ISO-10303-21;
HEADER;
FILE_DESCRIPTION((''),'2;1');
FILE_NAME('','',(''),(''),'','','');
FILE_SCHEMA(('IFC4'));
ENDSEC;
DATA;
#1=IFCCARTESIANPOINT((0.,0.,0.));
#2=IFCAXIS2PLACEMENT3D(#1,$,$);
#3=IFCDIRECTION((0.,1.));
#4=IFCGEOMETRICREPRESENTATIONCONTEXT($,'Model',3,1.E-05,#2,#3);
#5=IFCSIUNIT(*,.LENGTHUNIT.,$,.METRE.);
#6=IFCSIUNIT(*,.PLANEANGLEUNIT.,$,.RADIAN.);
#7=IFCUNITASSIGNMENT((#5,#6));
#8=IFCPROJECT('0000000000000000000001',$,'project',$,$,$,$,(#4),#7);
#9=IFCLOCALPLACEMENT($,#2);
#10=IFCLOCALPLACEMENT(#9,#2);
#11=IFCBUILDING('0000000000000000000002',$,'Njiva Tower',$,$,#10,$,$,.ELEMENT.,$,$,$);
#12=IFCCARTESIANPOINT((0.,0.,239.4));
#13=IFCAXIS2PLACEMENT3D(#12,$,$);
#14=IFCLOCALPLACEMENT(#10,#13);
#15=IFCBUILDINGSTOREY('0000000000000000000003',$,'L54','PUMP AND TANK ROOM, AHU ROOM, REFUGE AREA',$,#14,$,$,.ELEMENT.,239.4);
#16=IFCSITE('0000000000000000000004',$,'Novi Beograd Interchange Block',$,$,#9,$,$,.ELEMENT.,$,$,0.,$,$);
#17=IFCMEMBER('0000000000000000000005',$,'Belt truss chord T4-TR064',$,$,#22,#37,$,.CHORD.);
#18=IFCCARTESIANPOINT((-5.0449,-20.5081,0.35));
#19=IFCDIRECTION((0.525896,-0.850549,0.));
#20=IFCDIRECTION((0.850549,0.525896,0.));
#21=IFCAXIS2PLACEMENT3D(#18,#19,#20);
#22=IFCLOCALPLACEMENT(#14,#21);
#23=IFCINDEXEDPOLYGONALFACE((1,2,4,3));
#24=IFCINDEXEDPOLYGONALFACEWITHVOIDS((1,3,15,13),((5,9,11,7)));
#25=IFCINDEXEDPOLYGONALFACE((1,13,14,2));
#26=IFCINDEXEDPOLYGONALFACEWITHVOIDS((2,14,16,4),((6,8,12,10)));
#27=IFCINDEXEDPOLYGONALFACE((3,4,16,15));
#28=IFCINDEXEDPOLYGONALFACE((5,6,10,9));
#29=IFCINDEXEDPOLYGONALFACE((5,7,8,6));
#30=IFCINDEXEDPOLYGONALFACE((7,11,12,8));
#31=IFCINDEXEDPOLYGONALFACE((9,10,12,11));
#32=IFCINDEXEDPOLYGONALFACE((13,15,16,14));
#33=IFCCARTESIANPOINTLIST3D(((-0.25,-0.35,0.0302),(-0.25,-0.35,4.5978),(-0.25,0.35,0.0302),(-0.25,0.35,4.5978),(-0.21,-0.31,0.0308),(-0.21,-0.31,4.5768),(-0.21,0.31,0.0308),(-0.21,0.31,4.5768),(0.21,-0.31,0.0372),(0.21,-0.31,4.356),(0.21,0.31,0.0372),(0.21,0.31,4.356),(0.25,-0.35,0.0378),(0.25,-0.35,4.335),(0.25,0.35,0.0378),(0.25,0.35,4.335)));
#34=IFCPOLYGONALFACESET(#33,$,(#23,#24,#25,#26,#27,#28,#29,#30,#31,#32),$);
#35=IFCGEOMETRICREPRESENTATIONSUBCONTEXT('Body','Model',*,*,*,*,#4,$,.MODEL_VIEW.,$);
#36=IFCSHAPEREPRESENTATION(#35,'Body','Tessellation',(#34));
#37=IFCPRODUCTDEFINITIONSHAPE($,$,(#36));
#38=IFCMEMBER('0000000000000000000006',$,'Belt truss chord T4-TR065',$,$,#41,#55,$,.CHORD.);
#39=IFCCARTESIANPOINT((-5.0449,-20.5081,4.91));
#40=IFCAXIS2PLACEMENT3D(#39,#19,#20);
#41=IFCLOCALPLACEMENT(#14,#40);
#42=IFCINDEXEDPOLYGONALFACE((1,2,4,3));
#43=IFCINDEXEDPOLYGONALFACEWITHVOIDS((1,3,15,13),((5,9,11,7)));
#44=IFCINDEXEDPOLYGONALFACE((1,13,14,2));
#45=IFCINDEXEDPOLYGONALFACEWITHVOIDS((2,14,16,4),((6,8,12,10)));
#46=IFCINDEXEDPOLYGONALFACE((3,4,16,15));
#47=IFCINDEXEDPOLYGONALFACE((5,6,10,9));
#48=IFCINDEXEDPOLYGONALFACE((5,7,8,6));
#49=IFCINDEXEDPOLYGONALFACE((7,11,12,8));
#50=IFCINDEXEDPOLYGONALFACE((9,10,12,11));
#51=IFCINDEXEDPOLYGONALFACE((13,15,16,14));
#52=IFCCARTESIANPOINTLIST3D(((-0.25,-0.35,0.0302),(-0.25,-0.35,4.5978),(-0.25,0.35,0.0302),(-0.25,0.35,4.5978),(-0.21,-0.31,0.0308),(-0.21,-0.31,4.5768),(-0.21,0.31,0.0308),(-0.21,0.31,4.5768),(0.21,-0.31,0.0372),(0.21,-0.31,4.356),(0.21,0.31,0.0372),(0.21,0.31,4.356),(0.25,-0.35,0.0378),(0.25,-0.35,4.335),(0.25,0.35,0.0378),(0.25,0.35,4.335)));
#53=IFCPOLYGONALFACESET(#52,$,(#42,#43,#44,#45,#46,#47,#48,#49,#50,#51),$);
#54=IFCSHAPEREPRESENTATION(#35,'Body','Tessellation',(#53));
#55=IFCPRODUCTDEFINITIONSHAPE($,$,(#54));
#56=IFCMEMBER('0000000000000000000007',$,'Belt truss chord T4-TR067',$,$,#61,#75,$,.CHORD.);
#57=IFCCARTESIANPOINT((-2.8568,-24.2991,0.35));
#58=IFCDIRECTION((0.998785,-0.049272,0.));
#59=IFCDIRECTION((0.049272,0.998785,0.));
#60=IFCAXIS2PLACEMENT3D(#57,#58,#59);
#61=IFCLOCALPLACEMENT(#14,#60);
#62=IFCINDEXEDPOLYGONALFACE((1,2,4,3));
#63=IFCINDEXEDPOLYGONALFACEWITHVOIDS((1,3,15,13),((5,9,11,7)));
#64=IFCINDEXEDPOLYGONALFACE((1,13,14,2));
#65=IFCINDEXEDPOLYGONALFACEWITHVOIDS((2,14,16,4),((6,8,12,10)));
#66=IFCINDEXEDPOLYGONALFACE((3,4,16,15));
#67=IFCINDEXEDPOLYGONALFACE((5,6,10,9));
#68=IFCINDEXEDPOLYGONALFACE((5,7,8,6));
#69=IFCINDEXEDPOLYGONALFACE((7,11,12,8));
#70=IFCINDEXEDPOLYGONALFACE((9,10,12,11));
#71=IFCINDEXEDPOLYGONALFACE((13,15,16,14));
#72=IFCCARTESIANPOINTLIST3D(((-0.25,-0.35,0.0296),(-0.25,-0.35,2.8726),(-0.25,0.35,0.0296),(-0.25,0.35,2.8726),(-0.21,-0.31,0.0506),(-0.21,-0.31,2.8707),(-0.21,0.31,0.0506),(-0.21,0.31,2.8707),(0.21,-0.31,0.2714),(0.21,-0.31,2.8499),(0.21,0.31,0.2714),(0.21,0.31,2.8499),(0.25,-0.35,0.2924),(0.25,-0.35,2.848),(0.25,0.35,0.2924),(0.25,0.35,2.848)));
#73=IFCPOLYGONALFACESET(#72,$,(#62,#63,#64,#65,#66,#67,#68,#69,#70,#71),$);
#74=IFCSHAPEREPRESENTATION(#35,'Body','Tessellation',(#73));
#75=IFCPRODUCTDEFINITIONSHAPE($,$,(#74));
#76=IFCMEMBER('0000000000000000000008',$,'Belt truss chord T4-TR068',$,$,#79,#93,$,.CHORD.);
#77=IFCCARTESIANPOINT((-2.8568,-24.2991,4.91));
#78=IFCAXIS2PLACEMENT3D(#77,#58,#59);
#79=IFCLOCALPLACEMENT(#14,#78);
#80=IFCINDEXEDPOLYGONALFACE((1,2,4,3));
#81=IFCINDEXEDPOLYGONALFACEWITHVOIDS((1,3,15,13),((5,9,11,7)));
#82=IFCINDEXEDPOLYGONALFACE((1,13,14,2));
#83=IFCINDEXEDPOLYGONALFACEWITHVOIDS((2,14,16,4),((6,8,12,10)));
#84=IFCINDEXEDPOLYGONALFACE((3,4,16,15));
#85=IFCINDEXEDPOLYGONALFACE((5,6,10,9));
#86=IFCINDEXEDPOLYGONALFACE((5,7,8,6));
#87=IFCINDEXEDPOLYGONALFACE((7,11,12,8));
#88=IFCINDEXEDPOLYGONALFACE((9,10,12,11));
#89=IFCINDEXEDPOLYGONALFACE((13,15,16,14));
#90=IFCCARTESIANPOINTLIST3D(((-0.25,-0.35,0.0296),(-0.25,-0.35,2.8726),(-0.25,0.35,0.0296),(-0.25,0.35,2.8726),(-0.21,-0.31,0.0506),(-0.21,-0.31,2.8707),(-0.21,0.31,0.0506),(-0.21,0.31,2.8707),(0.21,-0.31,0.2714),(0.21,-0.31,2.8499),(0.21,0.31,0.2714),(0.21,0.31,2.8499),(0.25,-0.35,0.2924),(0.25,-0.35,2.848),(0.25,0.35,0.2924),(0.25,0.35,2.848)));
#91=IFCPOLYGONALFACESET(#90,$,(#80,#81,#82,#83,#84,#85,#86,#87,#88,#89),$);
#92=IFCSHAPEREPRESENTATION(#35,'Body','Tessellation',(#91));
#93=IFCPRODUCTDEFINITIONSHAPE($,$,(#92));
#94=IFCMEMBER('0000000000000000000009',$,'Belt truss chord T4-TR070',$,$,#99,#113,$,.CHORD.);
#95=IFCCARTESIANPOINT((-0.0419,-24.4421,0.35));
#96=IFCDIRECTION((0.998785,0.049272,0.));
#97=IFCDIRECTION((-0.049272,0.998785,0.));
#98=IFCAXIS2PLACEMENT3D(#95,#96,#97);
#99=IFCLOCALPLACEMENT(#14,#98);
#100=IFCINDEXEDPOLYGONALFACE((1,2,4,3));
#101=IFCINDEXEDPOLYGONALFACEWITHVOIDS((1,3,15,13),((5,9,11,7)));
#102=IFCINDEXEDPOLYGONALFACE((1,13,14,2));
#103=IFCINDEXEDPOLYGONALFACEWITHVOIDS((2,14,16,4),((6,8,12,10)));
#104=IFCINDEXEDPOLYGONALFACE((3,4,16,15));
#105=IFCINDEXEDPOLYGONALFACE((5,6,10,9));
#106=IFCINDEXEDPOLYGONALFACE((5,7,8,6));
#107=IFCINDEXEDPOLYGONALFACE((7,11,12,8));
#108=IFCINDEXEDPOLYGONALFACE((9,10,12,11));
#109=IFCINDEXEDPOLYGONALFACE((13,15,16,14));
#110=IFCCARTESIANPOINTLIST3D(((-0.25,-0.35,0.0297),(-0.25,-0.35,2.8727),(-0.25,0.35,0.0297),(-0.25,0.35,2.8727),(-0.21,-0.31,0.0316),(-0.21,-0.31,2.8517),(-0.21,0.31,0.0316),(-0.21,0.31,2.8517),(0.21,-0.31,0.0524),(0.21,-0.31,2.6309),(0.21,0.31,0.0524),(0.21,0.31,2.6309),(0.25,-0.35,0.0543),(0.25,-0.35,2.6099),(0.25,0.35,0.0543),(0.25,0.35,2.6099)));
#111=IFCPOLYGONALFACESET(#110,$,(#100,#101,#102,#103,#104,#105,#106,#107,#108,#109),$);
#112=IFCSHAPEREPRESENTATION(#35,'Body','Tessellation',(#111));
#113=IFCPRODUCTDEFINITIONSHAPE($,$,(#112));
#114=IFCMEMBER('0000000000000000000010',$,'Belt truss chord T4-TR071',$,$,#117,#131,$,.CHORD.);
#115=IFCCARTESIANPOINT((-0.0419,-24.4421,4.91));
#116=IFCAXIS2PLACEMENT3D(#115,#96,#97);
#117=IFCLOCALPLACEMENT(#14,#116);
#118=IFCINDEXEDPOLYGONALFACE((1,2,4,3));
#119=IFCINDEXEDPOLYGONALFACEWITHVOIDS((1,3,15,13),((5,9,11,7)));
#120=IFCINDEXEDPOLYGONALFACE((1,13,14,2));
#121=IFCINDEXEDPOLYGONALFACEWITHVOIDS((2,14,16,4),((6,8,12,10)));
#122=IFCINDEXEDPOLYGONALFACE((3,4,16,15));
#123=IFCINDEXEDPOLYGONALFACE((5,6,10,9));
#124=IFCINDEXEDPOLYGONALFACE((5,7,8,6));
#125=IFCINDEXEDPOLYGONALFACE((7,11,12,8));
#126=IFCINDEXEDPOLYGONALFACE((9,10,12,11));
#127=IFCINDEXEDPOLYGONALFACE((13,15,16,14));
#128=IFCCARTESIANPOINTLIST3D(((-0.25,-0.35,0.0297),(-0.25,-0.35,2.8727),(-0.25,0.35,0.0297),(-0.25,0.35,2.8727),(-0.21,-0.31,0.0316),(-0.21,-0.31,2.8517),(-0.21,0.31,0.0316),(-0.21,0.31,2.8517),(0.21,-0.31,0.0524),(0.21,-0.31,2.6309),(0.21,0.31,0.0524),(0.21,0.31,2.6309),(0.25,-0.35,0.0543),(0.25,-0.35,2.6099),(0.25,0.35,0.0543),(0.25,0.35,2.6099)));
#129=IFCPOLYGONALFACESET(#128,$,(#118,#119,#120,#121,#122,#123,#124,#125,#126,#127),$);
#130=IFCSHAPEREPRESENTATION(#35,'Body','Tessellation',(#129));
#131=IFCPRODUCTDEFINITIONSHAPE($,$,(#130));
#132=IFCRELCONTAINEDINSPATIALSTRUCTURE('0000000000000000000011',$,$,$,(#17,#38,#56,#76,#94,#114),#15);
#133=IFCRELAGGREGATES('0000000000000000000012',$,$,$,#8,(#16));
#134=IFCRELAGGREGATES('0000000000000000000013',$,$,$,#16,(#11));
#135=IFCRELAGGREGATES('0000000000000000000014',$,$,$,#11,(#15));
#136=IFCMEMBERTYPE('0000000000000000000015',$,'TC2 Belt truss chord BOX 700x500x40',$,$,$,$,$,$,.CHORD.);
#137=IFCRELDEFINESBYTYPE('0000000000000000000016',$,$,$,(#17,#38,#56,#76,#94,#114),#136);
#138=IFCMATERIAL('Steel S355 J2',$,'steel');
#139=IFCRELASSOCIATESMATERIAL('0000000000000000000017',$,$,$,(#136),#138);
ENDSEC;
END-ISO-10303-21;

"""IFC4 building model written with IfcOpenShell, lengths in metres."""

from ifc_helpers import new_model, si_unit, direction, frame, origin, origin_2d, place, context, subcontext, project, spatial, hollow_rectangle, extrude, clip, halfspace, material, material_profile, profile_set, type_object, element, save


model = new_model("IFC4")

# Units and contexts
model_context = context("Model", 3, precision=1e-05, world=origin(), true_north=direction((0.0, 1.0)))
body_context = subcontext(model_context, "Body", "Model", "MODEL_VIEW")
ifc_project = project(units=[si_unit("LENGTHUNIT", "METRE"), si_unit("PLANEANGLEUNIT", "RADIAN")], contexts=[model_context])

# Site, building, storey
site_placement = place(None, origin())
site = spatial("IfcSite", under=ifc_project, at=site_placement, Name="Novi Beograd Interchange Block", CompositionType="ELEMENT", RefElevation=0.0)
building_placement = place(site_placement, origin())
building = spatial("IfcBuilding", under=site, at=building_placement, Name="Njiva Tower", CompositionType="ELEMENT")
storey_placement = place(building_placement, frame((0.0, 0.0, 239.4)))
storey = spatial("IfcBuildingStorey", under=building, at=storey_placement, Name="L54", Description="PUMP AND TANK ROOM, AHU ROOM, REFUGE AREA", CompositionType="ELEMENT", Elevation=239.4)

# Shared definitions
ifc_material_1 = material(Name="Steel S355 J2", Category="steel")

# Members
ifc_material_profile_1 = material_profile(ifc_material_1, hollow_rectangle(XDim=0.5, YDim=0.7, WallThickness=0.04, at=origin_2d()), Name="BOX 700x500x40")
ifc_profile_set_1 = profile_set([ifc_material_profile_1], Name="Steel S355 J2")
member_type_1 = type_object("IfcMemberType", Name="TC2 Belt truss chord BOX 700x500x40", PredefinedType="CHORD", material=ifc_profile_set_1)
member_1_placement = place(storey_placement, frame((-5.0449, -20.5081, 0.35), z_axis=(0.525896, -0.850549, 0.0), x_axis=(0.850549, 0.525896, 0.0)))
element("IfcMember", 1, at=member_1_placement, inside=storey, type_object=member_type_1, Name="Belt truss chord T4-TR064", PredefinedType="CHORD", context=body_context, shape_type="Clipping", body=[
    clip(clip(extrude(hollow_rectangle(XDim=0.5, YDim=0.7, WallThickness=0.04, at=origin_2d()), origin(), (0.0, 0.0, 1.0), 4.6274), halfspace(frame((0.0, -239.75, 0.034), z_axis=(0.015079, 0.0, -0.999886), x_axis=(0.0, -1.0, 0.0)), False)), halfspace(frame((0.0, -239.75, 4.4664), z_axis=(0.465206, 0.0, 0.885202), x_axis=(0.0, 1.0, 0.0)), False)),
])
member_2_placement = place(storey_placement, frame((-5.0449, -20.5081, 4.91), z_axis=(0.525896, -0.850549, 0.0), x_axis=(0.850549, 0.525896, 0.0)))
element("IfcMember", 2, at=member_2_placement, inside=storey, type_object=member_type_1, Name="Belt truss chord T4-TR065", PredefinedType="CHORD", context=body_context, shape_type="Clipping", body=[
    clip(clip(extrude(hollow_rectangle(XDim=0.5, YDim=0.7, WallThickness=0.04, at=origin_2d()), origin(), (0.0, 0.0, 1.0), 4.6274), halfspace(frame((0.0, -244.31, 0.034), z_axis=(0.015079, 0.0, -0.999886), x_axis=(0.0, -1.0, 0.0)), False)), halfspace(frame((0.0, -244.31, 4.4664), z_axis=(0.465206, 0.0, 0.885202), x_axis=(0.0, 1.0, 0.0)), False)),
])
member_3_placement = place(storey_placement, frame((-2.8568, -24.2991, 0.35), z_axis=(0.998785, -0.049272, 0.0), x_axis=(0.049272, 0.998785, 0.0)))
element("IfcMember", 3, at=member_3_placement, inside=storey, type_object=member_type_1, Name="Belt truss chord T4-TR067", PredefinedType="CHORD", context=body_context, shape_type="Clipping", body=[
    clip(clip(extrude(hollow_rectangle(XDim=0.5, YDim=0.7, WallThickness=0.04, at=origin_2d()), origin(), (0.0, 0.0, 1.0), 2.9023), halfspace(frame((0.0, -239.75, 0.161), z_axis=(0.465206, 0.0, -0.885202), x_axis=(0.0, -1.0, 0.0)), False)), halfspace(frame((0.0, -239.75, 2.8603), z_axis=(0.049272, 0.0, 0.998785), x_axis=(0.0, 1.0, 0.0)), False)),
])
member_4_placement = place(storey_placement, frame((-2.8568, -24.2991, 4.91), z_axis=(0.998785, -0.049272, 0.0), x_axis=(0.049272, 0.998785, 0.0)))
element("IfcMember", 4, at=member_4_placement, inside=storey, type_object=member_type_1, Name="Belt truss chord T4-TR068", PredefinedType="CHORD", context=body_context, shape_type="Clipping", body=[
    clip(clip(extrude(hollow_rectangle(XDim=0.5, YDim=0.7, WallThickness=0.04, at=origin_2d()), origin(), (0.0, 0.0, 1.0), 2.9023), halfspace(frame((0.0, -244.31, 0.161), z_axis=(0.465206, 0.0, -0.885202), x_axis=(0.0, -1.0, 0.0)), False)), halfspace(frame((0.0, -244.31, 2.8603), z_axis=(0.049272, 0.0, 0.998785), x_axis=(0.0, 1.0, 0.0)), False)),
])
member_5_placement = place(storey_placement, frame((-0.0419, -24.4421, 0.35), z_axis=(0.998785, 0.049272, 0.0), x_axis=(-0.049272, 0.998785, 0.0)))
element("IfcMember", 5, at=member_5_placement, inside=storey, type_object=member_type_1, Name="Belt truss chord T4-TR070", PredefinedType="CHORD", context=body_context, shape_type="Clipping", body=[
    clip(clip(extrude(hollow_rectangle(XDim=0.5, YDim=0.7, WallThickness=0.04, at=origin_2d()), origin(), (0.0, 0.0, 1.0), 2.9023), halfspace(frame((0.0, -239.75, 0.042), z_axis=(0.049272, 0.0, -0.998785), x_axis=(0.0, -1.0, 0.0)), False)), halfspace(frame((0.0, -239.75, 2.7413), z_axis=(0.465206, 0.0, 0.885202), x_axis=(0.0, 1.0, 0.0)), False)),
])
member_6_placement = place(storey_placement, frame((-0.0419, -24.4421, 4.91), z_axis=(0.998785, 0.049272, 0.0), x_axis=(-0.049272, 0.998785, 0.0)))
element("IfcMember", 6, at=member_6_placement, inside=storey, type_object=member_type_1, Name="Belt truss chord T4-TR071", PredefinedType="CHORD", context=body_context, shape_type="Clipping", body=[
    clip(clip(extrude(hollow_rectangle(XDim=0.5, YDim=0.7, WallThickness=0.04, at=origin_2d()), origin(), (0.0, 0.0, 1.0), 2.9023), halfspace(frame((0.0, -244.31, 0.042), z_axis=(0.049272, 0.0, -0.998785), x_axis=(0.0, -1.0, 0.0)), False)), halfspace(frame((0.0, -244.31, 2.7413), z_axis=(0.465206, 0.0, 0.885202), x_axis=(0.0, 1.0, 0.0)), False)),
])

save(model, "model.ifc")
